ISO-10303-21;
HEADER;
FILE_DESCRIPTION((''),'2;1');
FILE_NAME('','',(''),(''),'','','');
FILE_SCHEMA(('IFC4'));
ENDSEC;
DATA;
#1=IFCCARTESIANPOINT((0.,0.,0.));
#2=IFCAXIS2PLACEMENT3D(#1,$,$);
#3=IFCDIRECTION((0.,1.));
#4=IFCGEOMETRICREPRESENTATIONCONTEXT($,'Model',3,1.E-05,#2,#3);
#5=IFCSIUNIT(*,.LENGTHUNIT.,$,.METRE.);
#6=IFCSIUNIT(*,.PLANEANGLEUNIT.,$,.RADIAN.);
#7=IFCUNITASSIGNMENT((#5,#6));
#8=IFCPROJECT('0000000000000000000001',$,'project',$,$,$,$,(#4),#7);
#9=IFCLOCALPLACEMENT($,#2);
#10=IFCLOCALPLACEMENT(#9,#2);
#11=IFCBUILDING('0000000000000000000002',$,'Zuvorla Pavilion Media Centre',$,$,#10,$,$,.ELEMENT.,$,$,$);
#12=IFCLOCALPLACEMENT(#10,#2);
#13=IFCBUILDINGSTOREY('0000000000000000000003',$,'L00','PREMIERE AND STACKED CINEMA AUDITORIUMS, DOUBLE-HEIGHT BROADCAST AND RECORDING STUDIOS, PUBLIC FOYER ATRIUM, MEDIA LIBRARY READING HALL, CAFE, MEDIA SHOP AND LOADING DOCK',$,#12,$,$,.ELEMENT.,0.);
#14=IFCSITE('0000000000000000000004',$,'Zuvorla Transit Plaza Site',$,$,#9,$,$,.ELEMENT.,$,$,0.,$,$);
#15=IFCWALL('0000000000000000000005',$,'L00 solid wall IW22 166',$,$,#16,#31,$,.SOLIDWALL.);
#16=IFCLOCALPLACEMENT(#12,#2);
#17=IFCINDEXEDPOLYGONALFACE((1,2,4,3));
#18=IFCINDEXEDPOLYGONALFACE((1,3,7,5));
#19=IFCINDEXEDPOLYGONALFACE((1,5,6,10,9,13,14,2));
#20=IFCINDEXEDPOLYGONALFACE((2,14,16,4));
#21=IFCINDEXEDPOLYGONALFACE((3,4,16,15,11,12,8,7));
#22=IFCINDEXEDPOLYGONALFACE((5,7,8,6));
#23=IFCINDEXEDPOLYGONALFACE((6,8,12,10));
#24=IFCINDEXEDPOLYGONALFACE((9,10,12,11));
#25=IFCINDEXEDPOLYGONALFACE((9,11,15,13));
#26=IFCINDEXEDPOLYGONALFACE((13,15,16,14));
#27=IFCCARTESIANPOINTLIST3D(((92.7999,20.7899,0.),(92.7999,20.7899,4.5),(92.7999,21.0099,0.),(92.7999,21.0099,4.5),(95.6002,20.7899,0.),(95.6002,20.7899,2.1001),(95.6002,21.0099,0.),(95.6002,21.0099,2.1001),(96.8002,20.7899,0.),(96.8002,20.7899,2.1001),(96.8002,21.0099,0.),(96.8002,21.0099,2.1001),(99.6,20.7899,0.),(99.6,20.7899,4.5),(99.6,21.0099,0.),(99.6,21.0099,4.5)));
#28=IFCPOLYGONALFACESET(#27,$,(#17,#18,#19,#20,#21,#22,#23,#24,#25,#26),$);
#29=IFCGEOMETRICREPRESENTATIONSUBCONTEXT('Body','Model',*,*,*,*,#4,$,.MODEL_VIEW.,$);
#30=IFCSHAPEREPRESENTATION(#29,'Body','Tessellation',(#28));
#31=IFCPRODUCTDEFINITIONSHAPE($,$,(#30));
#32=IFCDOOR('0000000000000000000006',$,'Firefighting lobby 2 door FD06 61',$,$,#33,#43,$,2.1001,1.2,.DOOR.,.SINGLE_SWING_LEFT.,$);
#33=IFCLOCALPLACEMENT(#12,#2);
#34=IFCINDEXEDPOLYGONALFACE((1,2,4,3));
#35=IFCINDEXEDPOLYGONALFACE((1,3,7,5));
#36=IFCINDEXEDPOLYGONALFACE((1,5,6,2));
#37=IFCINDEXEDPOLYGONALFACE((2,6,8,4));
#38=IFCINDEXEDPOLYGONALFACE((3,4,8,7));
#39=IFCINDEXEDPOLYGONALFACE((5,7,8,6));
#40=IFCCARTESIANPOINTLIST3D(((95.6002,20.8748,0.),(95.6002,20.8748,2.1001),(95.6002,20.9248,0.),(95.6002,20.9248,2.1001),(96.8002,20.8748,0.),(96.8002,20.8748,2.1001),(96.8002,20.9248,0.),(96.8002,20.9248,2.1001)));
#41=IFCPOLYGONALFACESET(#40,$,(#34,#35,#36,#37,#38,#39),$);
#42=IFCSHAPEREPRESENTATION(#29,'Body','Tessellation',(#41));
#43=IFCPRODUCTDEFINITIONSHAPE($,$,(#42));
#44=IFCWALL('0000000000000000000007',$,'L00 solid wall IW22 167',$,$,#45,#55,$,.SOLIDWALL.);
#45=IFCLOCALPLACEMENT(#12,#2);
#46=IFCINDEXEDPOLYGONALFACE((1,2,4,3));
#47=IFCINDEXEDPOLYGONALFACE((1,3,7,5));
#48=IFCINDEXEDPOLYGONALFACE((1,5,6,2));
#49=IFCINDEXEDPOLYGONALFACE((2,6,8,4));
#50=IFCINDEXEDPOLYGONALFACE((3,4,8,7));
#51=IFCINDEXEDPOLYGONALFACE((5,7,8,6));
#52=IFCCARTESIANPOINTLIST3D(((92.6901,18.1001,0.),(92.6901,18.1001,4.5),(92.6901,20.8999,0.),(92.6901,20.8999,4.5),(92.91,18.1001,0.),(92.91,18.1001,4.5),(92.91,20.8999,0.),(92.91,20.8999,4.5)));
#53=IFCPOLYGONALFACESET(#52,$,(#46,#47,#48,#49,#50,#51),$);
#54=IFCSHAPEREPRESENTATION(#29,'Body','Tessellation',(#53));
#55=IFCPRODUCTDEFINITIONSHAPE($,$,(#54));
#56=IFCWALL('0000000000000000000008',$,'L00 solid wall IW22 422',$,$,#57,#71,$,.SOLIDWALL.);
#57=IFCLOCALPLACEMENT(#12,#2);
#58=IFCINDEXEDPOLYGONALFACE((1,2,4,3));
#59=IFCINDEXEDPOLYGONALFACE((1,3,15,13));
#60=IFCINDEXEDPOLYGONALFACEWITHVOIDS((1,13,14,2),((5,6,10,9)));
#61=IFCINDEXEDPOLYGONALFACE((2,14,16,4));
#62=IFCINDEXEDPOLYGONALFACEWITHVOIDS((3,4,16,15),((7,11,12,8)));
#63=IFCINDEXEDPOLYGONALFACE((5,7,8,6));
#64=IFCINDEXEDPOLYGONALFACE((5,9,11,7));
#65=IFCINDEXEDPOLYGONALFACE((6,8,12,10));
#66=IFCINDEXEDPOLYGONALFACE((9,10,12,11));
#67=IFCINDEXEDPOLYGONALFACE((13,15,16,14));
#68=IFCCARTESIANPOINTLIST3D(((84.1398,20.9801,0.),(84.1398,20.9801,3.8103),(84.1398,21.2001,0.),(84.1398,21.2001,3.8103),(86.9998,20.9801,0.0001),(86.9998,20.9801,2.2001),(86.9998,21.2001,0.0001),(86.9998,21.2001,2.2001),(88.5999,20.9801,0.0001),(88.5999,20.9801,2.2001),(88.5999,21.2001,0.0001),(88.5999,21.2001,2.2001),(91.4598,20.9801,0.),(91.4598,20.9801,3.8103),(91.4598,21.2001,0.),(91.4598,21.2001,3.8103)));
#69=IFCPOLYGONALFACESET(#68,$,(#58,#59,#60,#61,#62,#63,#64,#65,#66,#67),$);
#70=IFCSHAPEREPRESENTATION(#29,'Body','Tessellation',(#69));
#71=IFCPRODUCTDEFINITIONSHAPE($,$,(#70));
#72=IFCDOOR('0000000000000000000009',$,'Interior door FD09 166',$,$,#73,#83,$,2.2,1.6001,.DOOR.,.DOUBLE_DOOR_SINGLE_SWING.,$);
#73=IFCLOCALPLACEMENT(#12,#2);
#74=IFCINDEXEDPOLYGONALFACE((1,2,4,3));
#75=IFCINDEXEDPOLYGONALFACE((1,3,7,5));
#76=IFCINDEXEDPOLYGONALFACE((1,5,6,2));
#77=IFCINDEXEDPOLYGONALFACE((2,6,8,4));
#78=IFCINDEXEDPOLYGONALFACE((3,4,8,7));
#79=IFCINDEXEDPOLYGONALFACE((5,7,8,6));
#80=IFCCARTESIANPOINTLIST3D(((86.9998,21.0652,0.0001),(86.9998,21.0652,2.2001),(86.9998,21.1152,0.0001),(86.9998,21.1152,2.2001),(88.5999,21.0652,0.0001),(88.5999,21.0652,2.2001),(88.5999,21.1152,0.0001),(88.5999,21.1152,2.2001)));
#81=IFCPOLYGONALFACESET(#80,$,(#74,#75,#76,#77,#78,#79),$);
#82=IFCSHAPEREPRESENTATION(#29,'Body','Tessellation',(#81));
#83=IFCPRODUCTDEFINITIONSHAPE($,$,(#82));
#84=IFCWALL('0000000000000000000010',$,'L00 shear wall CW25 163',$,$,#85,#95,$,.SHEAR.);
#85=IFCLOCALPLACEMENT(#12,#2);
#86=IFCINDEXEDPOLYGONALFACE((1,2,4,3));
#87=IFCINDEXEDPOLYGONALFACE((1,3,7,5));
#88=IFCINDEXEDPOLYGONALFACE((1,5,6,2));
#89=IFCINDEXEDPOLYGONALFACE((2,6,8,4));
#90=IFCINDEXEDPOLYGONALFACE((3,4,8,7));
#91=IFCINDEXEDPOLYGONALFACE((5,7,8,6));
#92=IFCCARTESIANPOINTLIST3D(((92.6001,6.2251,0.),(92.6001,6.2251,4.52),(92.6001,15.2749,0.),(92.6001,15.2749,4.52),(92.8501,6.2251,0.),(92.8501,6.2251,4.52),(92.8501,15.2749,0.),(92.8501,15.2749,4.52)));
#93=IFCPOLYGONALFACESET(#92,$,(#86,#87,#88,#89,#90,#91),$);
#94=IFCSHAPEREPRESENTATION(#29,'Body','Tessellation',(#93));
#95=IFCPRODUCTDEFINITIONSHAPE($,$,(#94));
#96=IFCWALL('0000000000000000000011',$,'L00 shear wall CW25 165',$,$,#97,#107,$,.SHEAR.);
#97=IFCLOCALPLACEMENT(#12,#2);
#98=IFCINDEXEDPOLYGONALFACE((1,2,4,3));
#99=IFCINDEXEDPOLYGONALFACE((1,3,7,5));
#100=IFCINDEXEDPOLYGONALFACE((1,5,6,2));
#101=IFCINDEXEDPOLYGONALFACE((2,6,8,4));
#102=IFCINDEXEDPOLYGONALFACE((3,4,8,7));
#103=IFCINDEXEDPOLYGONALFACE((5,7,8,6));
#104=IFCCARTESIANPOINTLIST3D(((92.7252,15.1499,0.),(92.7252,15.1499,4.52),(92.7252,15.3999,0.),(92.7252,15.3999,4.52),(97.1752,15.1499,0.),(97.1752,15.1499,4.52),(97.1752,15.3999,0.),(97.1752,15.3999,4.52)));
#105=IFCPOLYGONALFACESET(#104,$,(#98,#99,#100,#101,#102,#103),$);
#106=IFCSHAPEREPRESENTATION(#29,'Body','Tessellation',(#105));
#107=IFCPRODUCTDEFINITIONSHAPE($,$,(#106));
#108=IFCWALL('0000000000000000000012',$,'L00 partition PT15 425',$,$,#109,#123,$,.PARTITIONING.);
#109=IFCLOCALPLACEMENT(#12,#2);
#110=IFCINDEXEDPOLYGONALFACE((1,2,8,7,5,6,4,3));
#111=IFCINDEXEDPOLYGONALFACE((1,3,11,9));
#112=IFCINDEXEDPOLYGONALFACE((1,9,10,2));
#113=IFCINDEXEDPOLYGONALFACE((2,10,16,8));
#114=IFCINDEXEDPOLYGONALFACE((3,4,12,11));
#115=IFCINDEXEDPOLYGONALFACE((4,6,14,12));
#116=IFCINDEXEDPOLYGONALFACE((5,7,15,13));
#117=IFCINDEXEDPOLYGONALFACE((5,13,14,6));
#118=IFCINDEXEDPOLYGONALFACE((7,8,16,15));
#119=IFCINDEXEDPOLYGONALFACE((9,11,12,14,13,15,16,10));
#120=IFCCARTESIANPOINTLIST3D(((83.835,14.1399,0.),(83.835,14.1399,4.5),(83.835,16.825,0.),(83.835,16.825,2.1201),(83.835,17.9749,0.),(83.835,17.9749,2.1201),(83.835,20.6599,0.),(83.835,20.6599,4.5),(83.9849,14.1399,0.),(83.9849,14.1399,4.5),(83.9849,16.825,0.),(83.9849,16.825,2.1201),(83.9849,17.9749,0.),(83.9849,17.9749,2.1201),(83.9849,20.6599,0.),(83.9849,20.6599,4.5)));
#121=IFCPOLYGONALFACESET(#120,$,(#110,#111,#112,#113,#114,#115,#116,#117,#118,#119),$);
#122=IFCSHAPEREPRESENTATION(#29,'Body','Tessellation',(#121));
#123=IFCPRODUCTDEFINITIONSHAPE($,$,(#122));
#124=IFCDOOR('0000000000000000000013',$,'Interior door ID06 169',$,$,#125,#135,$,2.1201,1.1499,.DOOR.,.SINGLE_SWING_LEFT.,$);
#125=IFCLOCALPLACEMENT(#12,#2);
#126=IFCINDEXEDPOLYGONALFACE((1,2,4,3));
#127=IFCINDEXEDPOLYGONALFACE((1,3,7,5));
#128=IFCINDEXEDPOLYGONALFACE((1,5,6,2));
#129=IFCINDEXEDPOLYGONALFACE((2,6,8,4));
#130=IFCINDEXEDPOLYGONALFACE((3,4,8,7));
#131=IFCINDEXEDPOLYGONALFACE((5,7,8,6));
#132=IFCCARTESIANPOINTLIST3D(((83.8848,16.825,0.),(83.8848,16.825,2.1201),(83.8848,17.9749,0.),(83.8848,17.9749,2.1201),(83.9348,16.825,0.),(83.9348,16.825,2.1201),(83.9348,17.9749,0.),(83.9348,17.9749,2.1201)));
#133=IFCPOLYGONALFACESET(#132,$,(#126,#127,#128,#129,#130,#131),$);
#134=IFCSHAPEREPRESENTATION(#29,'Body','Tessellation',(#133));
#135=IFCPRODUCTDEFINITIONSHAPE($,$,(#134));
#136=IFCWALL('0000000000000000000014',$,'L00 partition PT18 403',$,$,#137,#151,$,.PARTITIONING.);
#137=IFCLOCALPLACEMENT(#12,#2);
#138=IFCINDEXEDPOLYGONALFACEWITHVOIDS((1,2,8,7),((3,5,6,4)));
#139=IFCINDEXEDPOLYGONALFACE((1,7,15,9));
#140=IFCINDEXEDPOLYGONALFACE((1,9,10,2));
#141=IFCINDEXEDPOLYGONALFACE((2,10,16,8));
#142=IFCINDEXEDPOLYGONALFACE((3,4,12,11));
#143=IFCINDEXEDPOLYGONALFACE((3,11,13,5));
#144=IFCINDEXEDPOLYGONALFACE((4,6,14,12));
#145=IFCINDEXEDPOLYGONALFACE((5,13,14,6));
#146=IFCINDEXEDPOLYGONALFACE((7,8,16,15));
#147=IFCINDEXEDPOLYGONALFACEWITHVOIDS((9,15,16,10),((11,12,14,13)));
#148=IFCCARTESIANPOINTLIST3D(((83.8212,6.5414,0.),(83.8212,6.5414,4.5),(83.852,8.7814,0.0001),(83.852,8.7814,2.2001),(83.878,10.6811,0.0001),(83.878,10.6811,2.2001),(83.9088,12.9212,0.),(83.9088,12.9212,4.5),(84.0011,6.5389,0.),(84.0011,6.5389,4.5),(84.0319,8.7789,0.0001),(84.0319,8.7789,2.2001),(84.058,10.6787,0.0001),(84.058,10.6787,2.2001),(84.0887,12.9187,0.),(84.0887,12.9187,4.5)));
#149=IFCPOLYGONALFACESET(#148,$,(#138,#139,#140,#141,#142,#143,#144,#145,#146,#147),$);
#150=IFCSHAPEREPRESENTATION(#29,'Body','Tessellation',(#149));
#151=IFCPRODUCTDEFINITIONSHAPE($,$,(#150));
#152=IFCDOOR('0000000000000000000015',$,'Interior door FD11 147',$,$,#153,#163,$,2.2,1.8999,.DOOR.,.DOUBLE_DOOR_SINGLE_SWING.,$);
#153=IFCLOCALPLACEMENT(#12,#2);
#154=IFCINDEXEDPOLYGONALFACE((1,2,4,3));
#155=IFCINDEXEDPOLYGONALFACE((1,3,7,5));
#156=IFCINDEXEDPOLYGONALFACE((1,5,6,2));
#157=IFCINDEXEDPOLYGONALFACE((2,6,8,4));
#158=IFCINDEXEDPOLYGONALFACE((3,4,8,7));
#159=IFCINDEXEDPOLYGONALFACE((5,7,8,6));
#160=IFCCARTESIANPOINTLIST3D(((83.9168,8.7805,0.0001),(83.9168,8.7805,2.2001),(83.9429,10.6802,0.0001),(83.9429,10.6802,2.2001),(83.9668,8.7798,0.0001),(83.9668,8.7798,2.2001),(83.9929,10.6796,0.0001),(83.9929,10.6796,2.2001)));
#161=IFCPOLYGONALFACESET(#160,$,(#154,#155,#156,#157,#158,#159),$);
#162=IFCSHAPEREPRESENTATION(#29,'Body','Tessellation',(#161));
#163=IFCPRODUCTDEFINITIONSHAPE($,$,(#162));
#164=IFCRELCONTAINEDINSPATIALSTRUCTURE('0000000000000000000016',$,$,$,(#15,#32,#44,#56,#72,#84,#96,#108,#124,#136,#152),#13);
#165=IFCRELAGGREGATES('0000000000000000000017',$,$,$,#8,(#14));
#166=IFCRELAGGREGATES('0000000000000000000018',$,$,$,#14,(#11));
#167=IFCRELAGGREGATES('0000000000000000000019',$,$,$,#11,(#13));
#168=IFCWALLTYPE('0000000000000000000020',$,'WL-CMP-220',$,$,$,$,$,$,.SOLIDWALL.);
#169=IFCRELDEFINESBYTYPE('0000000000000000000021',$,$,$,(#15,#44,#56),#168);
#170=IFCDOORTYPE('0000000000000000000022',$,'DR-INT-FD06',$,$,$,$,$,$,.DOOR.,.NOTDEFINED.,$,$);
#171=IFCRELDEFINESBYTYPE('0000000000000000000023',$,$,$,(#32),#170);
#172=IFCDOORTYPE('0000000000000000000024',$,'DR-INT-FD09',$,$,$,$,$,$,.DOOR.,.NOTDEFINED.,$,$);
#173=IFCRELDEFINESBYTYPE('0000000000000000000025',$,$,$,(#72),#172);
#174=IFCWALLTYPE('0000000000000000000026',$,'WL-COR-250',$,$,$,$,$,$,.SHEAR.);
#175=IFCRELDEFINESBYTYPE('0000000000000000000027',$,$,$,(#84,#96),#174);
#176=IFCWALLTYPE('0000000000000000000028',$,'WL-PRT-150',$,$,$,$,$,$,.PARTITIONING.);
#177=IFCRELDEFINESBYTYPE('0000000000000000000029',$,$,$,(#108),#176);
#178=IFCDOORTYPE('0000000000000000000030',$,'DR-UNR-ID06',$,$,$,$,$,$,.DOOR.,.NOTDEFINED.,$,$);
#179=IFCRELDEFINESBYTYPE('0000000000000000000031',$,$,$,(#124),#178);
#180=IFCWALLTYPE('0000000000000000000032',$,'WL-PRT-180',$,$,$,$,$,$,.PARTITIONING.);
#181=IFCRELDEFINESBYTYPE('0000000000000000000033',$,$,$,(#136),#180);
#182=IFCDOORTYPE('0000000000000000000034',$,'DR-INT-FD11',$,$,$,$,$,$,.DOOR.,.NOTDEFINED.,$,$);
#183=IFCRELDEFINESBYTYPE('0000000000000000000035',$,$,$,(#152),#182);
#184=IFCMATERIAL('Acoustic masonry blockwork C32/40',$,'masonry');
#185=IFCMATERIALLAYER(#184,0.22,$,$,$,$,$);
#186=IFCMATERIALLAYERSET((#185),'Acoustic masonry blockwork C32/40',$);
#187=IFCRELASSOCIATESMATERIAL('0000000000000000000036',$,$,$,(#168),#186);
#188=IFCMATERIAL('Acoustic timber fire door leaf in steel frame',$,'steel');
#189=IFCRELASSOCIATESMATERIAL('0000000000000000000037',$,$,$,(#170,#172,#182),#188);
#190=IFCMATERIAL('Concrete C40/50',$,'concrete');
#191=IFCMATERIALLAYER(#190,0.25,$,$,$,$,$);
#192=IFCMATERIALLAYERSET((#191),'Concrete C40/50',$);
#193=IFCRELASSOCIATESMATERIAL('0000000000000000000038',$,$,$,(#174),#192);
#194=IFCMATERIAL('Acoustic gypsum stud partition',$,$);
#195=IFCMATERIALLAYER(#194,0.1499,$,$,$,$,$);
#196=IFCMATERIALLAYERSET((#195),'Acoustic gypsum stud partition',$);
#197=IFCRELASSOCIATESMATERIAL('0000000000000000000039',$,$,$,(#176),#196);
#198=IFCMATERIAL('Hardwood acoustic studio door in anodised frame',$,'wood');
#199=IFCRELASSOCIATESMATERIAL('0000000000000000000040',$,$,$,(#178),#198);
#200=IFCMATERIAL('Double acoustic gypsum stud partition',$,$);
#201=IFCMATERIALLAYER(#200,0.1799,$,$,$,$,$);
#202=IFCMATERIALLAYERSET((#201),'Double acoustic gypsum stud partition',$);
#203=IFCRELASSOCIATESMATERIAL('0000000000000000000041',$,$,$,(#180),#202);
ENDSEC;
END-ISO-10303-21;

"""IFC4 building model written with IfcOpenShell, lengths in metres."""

from ifc_helpers import new_model, si_unit, direction, frame, frame_2d, origin, place, context, subcontext, project, spatial, rectangle, extrude, material, layer, layer_set, type_object, element, fill, save


model = new_model("IFC4")

# Units and contexts
model_context = context("Model", 3, precision=1e-05, world=origin(), true_north=direction((0.0, 1.0)))
body_context = subcontext(model_context, "Body", "Model", "MODEL_VIEW")
ifc_project = project(units=[si_unit("LENGTHUNIT", "METRE"), si_unit("PLANEANGLEUNIT", "RADIAN")], contexts=[model_context])

# Site, building, storey
site_placement = place(None, origin())
site = spatial("IfcSite", under=ifc_project, at=site_placement, Name="Zuvorla Transit Plaza Site", CompositionType="ELEMENT", RefElevation=0.0)
building_placement = place(site_placement, origin())
building = spatial("IfcBuilding", under=site, at=building_placement, Name="Zuvorla Pavilion Media Centre", CompositionType="ELEMENT")
storey_placement = place(building_placement, origin())
storey = spatial("IfcBuildingStorey", under=building, at=storey_placement, Name="L00", Description="PREMIERE AND STACKED CINEMA AUDITORIUMS, DOUBLE-HEIGHT BROADCAST AND RECORDING STUDIOS, PUBLIC FOYER ATRIUM, MEDIA LIBRARY READING HALL, CAFE, MEDIA SHOP AND LOADING DOCK", CompositionType="ELEMENT", Elevation=0.0)

# Shared definitions
ifc_material_1 = material(Name="Concrete C40/50", Category="concrete")

# Wall, opening, door
ifc_material_2 = material(Name="Acoustic masonry blockwork C32/40", Category="masonry")
ifc_layer_1 = layer(ifc_material_2, 0.22)
ifc_layer_set_1 = layer_set([ifc_layer_1], Name="Acoustic masonry blockwork C32/40")
wall_type_1 = type_object("IfcWallType", Name="WL-CMP-220", PredefinedType="SOLIDWALL", material=ifc_layer_set_1)
wall_1_placement = place(storey_placement, frame((92.8, 20.8999, 0.0), z_axis=(0.0, 0.0, 1.0), x_axis=(1.0, 0.0, 0.0)))
wall_1 = element("IfcWall", 1, at=wall_1_placement, inside=storey, type_object=wall_type_1, Name="L00 solid wall IW22 166", PredefinedType="SOLIDWALL", context=body_context, shape_type="SweptSolid", body=[
    extrude(rectangle(XDim=6.8, YDim=0.22, at=frame_2d((3.3999, 0.0))), origin(), (0.0, 0.0, 1.0), 4.5),
])
opening_1_placement = place(wall_1_placement, frame((2.8, 0.0, 0.0)))
opening_1 = element("IfcOpeningElement", 2, at=opening_1_placement, cuts=wall_1, PredefinedType="OPENING", context=body_context, shape_type="SweptSolid", body=[
    extrude(rectangle(XDim=1.2, YDim=2.1001, at=frame_2d((0.6001, 1.05))), frame((0.0, 0.1199, 0.0), z_axis=(0.0, -1.0, 0.0), x_axis=(1.0, 0.0, 0.0)), (0.0, 0.0, 1.0), 0.24),
])
ifc_material_3 = material(Name="Acoustic timber fire door leaf in steel frame", Category="steel")
door_type_1 = type_object("IfcDoorType", Name="DR-INT-FD06", OperationType="NOTDEFINED", PredefinedType="DOOR", material=ifc_material_3)
door_1_placement = place(opening_1_placement, origin())
door_1 = element("IfcDoor", 3, at=door_1_placement, inside=storey, type_object=door_type_1, Name="Firefighting lobby 2 door FD06 61", OperationType="SINGLE_SWING_LEFT", OverallHeight=2.1001, OverallWidth=1.2, PredefinedType="DOOR", context=body_context, shape_type="SweptSolid", body=[
    extrude(rectangle(XDim=1.2, YDim=2.1001, at=frame_2d((0.6001, 1.05))), frame((0.0, 0.0249, 0.0), z_axis=(0.0, -1.0, 0.0), x_axis=(1.0, 0.0, 0.0)), (0.0, 0.0, 1.0), 0.05),
])
fill(opening_1, door_1)

# Wall
wall_2_placement = place(storey_placement, frame((92.8, 18.1001, 0.0), z_axis=(0.0, 0.0, 1.0), x_axis=(0.0, 1.0, 0.0)))
element("IfcWall", 4, at=wall_2_placement, inside=storey, type_object=wall_type_1, Name="L00 solid wall IW22 167", PredefinedType="SOLIDWALL", context=body_context, shape_type="SweptSolid", body=[
    extrude(rectangle(XDim=2.7998, YDim=0.22, at=frame_2d((1.3999, 0.0))), origin(), (0.0, 0.0, 1.0), 4.5),
])

# Wall, opening, door
wall_3_placement = place(storey_placement, frame((91.46, 21.0901, 0.0), z_axis=(0.0, 0.0, 1.0), x_axis=(-1.0, 0.0, 0.0)))
wall_3 = element("IfcWall", 5, at=wall_3_placement, inside=storey, type_object=wall_type_1, Name="L00 solid wall IW22 422", PredefinedType="SOLIDWALL", context=body_context, shape_type="SweptSolid", body=[
    extrude(rectangle(XDim=7.3201, YDim=0.22, at=frame_2d((3.6602, 0.0))), origin(), (0.0, 0.0, 1.0), 3.8103),
])
opening_2_placement = place(wall_3_placement, frame((2.8601, 0.0, 0.0)))
opening_2 = element("IfcOpeningElement", 6, at=opening_2_placement, cuts=wall_3, PredefinedType="OPENING", context=body_context, shape_type="SweptSolid", body=[
    extrude(rectangle(XDim=1.6001, YDim=2.2, at=frame_2d((0.8, 1.1001))), frame((0.0, 0.1199, 0.0), z_axis=(0.0, -1.0, 0.0), x_axis=(1.0, 0.0, 0.0)), (0.0, 0.0, 1.0), 0.24),
])
door_type_2 = type_object("IfcDoorType", Name="DR-INT-FD09", OperationType="NOTDEFINED", PredefinedType="DOOR", material=ifc_material_3)
door_2_placement = place(opening_2_placement, origin())
door_2 = element("IfcDoor", 7, at=door_2_placement, inside=storey, type_object=door_type_2, Name="Interior door FD09 166", OperationType="DOUBLE_DOOR_SINGLE_SWING", OverallHeight=2.2, OverallWidth=1.6001, PredefinedType="DOOR", context=body_context, shape_type="SweptSolid", body=[
    extrude(rectangle(XDim=1.6001, YDim=2.2, at=frame_2d((0.8, 1.1001))), frame((0.0, 0.0249, 0.0), z_axis=(0.0, -1.0, 0.0), x_axis=(1.0, 0.0, 0.0)), (0.0, 0.0, 1.0), 0.05),
])
fill(opening_2, door_2)

# Walls
ifc_layer_2 = layer(ifc_material_1, 0.25)
ifc_layer_set_2 = layer_set([ifc_layer_2], Name="Concrete C40/50")
wall_type_2 = type_object("IfcWallType", Name="WL-COR-250", PredefinedType="SHEAR", material=ifc_layer_set_2)
wall_4_placement = place(storey_placement, frame((92.7251, 6.2251, 0.0), z_axis=(0.0, 0.0, 1.0), x_axis=(0.0, 1.0, 0.0)))
element("IfcWall", 8, at=wall_4_placement, inside=storey, type_object=wall_type_2, Name="L00 shear wall CW25 163", PredefinedType="SHEAR", context=body_context, shape_type="SweptSolid", body=[
    extrude(rectangle(XDim=9.0498, YDim=0.25, at=frame_2d((4.5249, 0.0))), origin(), (0.0, 0.0, 1.0), 4.52),
])
wall_5_placement = place(storey_placement, frame((92.7251, 15.2749, 0.0), z_axis=(0.0, 0.0, 1.0), x_axis=(1.0, 0.0, 0.0)))
element("IfcWall", 9, at=wall_5_placement, inside=storey, type_object=wall_type_2, Name="L00 shear wall CW25 165", PredefinedType="SHEAR", context=body_context, shape_type="SweptSolid", body=[
    extrude(rectangle(XDim=4.45, YDim=0.25, at=frame_2d((2.2251, 0.0))), origin(), (0.0, 0.0, 1.0), 4.52),
])

# Walls, openings, doors
ifc_material_4 = material(Name="Acoustic gypsum stud partition")
ifc_layer_3 = layer(ifc_material_4, 0.1499)
ifc_layer_set_3 = layer_set([ifc_layer_3], Name="Acoustic gypsum stud partition")
wall_type_3 = type_object("IfcWallType", Name="WL-PRT-150", PredefinedType="PARTITIONING", material=ifc_layer_set_3)
wall_6_placement = place(storey_placement, frame((83.9099, 20.6599, 0.0), z_axis=(0.0, 0.0, 1.0), x_axis=(0.0, -1.0, 0.0)))
wall_6 = element("IfcWall", 10, at=wall_6_placement, inside=storey, type_object=wall_type_3, Name="L00 partition PT15 425", PredefinedType="PARTITIONING", context=body_context, shape_type="SweptSolid", body=[
    extrude(rectangle(XDim=6.52, YDim=0.1499, at=frame_2d((3.26, 0.0))), origin(), (0.0, 0.0, 1.0), 4.5),
])
opening_3_placement = place(wall_6_placement, frame((2.6851, 0.0, 0.0)))
opening_3 = element("IfcOpeningElement", 11, at=opening_3_placement, cuts=wall_6, PredefinedType="OPENING", context=body_context, shape_type="SweptSolid", body=[
    extrude(rectangle(XDim=1.1499, YDim=2.1201, at=frame_2d((0.575, 1.0601))), frame((0.0, 0.085, 0.0), z_axis=(0.0, -1.0, 0.0), x_axis=(1.0, 0.0, 0.0)), (0.0, 0.0, 1.0), 0.1699),
])
ifc_material_5 = material(Name="Hardwood acoustic studio door in anodised frame", Category="wood")
door_type_3 = type_object("IfcDoorType", Name="DR-UNR-ID06", OperationType="NOTDEFINED", PredefinedType="DOOR", material=ifc_material_5)
door_3_placement = place(opening_3_placement, origin())
door_3 = element("IfcDoor", 12, at=door_3_placement, inside=storey, type_object=door_type_3, Name="Interior door ID06 169", OperationType="SINGLE_SWING_LEFT", OverallHeight=2.1201, OverallWidth=1.1499, PredefinedType="DOOR", context=body_context, shape_type="SweptSolid", body=[
    extrude(rectangle(XDim=1.1499, YDim=2.1201, at=frame_2d((0.575, 1.0601))), frame((0.0, 0.0249, 0.0), z_axis=(0.0, -1.0, 0.0), x_axis=(1.0, 0.0, 0.0)), (0.0, 0.0, 1.0), 0.05),
])
fill(opening_3, door_3)
ifc_material_6 = material(Name="Double acoustic gypsum stud partition")
ifc_layer_4 = layer(ifc_material_6, 0.1799)
ifc_layer_set_4 = layer_set([ifc_layer_4], Name="Double acoustic gypsum stud partition")
wall_type_4 = type_object("IfcWallType", Name="WL-PRT-180", PredefinedType="PARTITIONING", material=ifc_layer_set_4)
wall_7_placement = place(storey_placement, frame((83.9988, 12.9199, 0.0), z_axis=(0.0, 0.0, 1.0), x_axis=(-0.013737, -0.999906, 0.0)))
wall_7 = element("IfcWall", 13, at=wall_7_placement, inside=storey, type_object=wall_type_4, Name="L00 partition PT18 403", PredefinedType="PARTITIONING", context=body_context, shape_type="SweptSolid", body=[
    extrude(rectangle(XDim=6.3804, YDim=0.1799, at=frame_2d((3.1902, 0.0))), origin(), (0.0, 0.0, 1.0), 4.5),
])
opening_4_placement = place(wall_7_placement, frame((2.2402, 0.0, 0.0)))
opening_4 = element("IfcOpeningElement", 14, at=opening_4_placement, cuts=wall_7, PredefinedType="OPENING", context=body_context, shape_type="SweptSolid", body=[
    extrude(rectangle(XDim=1.8999, YDim=2.2, at=frame_2d((0.95, 1.1001))), frame((0.0, 0.0999, 0.0), z_axis=(0.0, -1.0, 0.0), x_axis=(1.0, 0.0, 0.0)), (0.0, 0.0, 1.0), 0.2),
])
door_type_4 = type_object("IfcDoorType", Name="DR-INT-FD11", OperationType="NOTDEFINED", PredefinedType="DOOR", material=ifc_material_3)
door_4_placement = place(opening_4_placement, origin())
door_4 = element("IfcDoor", 15, at=door_4_placement, inside=storey, type_object=door_type_4, Name="Interior door FD11 147", OperationType="DOUBLE_DOOR_SINGLE_SWING", OverallHeight=2.2, OverallWidth=1.8999, PredefinedType="DOOR", context=body_context, shape_type="SweptSolid", body=[
    extrude(rectangle(XDim=1.8999, YDim=2.2, at=frame_2d((0.95, 1.1001))), frame((0.0, 0.0249, 0.0), z_axis=(0.0, -1.0, 0.0), x_axis=(1.0, 0.0, 0.0)), (0.0, 0.0, 1.0), 0.05),
])
fill(opening_4, door_4)

save(model, "model.ifc")
